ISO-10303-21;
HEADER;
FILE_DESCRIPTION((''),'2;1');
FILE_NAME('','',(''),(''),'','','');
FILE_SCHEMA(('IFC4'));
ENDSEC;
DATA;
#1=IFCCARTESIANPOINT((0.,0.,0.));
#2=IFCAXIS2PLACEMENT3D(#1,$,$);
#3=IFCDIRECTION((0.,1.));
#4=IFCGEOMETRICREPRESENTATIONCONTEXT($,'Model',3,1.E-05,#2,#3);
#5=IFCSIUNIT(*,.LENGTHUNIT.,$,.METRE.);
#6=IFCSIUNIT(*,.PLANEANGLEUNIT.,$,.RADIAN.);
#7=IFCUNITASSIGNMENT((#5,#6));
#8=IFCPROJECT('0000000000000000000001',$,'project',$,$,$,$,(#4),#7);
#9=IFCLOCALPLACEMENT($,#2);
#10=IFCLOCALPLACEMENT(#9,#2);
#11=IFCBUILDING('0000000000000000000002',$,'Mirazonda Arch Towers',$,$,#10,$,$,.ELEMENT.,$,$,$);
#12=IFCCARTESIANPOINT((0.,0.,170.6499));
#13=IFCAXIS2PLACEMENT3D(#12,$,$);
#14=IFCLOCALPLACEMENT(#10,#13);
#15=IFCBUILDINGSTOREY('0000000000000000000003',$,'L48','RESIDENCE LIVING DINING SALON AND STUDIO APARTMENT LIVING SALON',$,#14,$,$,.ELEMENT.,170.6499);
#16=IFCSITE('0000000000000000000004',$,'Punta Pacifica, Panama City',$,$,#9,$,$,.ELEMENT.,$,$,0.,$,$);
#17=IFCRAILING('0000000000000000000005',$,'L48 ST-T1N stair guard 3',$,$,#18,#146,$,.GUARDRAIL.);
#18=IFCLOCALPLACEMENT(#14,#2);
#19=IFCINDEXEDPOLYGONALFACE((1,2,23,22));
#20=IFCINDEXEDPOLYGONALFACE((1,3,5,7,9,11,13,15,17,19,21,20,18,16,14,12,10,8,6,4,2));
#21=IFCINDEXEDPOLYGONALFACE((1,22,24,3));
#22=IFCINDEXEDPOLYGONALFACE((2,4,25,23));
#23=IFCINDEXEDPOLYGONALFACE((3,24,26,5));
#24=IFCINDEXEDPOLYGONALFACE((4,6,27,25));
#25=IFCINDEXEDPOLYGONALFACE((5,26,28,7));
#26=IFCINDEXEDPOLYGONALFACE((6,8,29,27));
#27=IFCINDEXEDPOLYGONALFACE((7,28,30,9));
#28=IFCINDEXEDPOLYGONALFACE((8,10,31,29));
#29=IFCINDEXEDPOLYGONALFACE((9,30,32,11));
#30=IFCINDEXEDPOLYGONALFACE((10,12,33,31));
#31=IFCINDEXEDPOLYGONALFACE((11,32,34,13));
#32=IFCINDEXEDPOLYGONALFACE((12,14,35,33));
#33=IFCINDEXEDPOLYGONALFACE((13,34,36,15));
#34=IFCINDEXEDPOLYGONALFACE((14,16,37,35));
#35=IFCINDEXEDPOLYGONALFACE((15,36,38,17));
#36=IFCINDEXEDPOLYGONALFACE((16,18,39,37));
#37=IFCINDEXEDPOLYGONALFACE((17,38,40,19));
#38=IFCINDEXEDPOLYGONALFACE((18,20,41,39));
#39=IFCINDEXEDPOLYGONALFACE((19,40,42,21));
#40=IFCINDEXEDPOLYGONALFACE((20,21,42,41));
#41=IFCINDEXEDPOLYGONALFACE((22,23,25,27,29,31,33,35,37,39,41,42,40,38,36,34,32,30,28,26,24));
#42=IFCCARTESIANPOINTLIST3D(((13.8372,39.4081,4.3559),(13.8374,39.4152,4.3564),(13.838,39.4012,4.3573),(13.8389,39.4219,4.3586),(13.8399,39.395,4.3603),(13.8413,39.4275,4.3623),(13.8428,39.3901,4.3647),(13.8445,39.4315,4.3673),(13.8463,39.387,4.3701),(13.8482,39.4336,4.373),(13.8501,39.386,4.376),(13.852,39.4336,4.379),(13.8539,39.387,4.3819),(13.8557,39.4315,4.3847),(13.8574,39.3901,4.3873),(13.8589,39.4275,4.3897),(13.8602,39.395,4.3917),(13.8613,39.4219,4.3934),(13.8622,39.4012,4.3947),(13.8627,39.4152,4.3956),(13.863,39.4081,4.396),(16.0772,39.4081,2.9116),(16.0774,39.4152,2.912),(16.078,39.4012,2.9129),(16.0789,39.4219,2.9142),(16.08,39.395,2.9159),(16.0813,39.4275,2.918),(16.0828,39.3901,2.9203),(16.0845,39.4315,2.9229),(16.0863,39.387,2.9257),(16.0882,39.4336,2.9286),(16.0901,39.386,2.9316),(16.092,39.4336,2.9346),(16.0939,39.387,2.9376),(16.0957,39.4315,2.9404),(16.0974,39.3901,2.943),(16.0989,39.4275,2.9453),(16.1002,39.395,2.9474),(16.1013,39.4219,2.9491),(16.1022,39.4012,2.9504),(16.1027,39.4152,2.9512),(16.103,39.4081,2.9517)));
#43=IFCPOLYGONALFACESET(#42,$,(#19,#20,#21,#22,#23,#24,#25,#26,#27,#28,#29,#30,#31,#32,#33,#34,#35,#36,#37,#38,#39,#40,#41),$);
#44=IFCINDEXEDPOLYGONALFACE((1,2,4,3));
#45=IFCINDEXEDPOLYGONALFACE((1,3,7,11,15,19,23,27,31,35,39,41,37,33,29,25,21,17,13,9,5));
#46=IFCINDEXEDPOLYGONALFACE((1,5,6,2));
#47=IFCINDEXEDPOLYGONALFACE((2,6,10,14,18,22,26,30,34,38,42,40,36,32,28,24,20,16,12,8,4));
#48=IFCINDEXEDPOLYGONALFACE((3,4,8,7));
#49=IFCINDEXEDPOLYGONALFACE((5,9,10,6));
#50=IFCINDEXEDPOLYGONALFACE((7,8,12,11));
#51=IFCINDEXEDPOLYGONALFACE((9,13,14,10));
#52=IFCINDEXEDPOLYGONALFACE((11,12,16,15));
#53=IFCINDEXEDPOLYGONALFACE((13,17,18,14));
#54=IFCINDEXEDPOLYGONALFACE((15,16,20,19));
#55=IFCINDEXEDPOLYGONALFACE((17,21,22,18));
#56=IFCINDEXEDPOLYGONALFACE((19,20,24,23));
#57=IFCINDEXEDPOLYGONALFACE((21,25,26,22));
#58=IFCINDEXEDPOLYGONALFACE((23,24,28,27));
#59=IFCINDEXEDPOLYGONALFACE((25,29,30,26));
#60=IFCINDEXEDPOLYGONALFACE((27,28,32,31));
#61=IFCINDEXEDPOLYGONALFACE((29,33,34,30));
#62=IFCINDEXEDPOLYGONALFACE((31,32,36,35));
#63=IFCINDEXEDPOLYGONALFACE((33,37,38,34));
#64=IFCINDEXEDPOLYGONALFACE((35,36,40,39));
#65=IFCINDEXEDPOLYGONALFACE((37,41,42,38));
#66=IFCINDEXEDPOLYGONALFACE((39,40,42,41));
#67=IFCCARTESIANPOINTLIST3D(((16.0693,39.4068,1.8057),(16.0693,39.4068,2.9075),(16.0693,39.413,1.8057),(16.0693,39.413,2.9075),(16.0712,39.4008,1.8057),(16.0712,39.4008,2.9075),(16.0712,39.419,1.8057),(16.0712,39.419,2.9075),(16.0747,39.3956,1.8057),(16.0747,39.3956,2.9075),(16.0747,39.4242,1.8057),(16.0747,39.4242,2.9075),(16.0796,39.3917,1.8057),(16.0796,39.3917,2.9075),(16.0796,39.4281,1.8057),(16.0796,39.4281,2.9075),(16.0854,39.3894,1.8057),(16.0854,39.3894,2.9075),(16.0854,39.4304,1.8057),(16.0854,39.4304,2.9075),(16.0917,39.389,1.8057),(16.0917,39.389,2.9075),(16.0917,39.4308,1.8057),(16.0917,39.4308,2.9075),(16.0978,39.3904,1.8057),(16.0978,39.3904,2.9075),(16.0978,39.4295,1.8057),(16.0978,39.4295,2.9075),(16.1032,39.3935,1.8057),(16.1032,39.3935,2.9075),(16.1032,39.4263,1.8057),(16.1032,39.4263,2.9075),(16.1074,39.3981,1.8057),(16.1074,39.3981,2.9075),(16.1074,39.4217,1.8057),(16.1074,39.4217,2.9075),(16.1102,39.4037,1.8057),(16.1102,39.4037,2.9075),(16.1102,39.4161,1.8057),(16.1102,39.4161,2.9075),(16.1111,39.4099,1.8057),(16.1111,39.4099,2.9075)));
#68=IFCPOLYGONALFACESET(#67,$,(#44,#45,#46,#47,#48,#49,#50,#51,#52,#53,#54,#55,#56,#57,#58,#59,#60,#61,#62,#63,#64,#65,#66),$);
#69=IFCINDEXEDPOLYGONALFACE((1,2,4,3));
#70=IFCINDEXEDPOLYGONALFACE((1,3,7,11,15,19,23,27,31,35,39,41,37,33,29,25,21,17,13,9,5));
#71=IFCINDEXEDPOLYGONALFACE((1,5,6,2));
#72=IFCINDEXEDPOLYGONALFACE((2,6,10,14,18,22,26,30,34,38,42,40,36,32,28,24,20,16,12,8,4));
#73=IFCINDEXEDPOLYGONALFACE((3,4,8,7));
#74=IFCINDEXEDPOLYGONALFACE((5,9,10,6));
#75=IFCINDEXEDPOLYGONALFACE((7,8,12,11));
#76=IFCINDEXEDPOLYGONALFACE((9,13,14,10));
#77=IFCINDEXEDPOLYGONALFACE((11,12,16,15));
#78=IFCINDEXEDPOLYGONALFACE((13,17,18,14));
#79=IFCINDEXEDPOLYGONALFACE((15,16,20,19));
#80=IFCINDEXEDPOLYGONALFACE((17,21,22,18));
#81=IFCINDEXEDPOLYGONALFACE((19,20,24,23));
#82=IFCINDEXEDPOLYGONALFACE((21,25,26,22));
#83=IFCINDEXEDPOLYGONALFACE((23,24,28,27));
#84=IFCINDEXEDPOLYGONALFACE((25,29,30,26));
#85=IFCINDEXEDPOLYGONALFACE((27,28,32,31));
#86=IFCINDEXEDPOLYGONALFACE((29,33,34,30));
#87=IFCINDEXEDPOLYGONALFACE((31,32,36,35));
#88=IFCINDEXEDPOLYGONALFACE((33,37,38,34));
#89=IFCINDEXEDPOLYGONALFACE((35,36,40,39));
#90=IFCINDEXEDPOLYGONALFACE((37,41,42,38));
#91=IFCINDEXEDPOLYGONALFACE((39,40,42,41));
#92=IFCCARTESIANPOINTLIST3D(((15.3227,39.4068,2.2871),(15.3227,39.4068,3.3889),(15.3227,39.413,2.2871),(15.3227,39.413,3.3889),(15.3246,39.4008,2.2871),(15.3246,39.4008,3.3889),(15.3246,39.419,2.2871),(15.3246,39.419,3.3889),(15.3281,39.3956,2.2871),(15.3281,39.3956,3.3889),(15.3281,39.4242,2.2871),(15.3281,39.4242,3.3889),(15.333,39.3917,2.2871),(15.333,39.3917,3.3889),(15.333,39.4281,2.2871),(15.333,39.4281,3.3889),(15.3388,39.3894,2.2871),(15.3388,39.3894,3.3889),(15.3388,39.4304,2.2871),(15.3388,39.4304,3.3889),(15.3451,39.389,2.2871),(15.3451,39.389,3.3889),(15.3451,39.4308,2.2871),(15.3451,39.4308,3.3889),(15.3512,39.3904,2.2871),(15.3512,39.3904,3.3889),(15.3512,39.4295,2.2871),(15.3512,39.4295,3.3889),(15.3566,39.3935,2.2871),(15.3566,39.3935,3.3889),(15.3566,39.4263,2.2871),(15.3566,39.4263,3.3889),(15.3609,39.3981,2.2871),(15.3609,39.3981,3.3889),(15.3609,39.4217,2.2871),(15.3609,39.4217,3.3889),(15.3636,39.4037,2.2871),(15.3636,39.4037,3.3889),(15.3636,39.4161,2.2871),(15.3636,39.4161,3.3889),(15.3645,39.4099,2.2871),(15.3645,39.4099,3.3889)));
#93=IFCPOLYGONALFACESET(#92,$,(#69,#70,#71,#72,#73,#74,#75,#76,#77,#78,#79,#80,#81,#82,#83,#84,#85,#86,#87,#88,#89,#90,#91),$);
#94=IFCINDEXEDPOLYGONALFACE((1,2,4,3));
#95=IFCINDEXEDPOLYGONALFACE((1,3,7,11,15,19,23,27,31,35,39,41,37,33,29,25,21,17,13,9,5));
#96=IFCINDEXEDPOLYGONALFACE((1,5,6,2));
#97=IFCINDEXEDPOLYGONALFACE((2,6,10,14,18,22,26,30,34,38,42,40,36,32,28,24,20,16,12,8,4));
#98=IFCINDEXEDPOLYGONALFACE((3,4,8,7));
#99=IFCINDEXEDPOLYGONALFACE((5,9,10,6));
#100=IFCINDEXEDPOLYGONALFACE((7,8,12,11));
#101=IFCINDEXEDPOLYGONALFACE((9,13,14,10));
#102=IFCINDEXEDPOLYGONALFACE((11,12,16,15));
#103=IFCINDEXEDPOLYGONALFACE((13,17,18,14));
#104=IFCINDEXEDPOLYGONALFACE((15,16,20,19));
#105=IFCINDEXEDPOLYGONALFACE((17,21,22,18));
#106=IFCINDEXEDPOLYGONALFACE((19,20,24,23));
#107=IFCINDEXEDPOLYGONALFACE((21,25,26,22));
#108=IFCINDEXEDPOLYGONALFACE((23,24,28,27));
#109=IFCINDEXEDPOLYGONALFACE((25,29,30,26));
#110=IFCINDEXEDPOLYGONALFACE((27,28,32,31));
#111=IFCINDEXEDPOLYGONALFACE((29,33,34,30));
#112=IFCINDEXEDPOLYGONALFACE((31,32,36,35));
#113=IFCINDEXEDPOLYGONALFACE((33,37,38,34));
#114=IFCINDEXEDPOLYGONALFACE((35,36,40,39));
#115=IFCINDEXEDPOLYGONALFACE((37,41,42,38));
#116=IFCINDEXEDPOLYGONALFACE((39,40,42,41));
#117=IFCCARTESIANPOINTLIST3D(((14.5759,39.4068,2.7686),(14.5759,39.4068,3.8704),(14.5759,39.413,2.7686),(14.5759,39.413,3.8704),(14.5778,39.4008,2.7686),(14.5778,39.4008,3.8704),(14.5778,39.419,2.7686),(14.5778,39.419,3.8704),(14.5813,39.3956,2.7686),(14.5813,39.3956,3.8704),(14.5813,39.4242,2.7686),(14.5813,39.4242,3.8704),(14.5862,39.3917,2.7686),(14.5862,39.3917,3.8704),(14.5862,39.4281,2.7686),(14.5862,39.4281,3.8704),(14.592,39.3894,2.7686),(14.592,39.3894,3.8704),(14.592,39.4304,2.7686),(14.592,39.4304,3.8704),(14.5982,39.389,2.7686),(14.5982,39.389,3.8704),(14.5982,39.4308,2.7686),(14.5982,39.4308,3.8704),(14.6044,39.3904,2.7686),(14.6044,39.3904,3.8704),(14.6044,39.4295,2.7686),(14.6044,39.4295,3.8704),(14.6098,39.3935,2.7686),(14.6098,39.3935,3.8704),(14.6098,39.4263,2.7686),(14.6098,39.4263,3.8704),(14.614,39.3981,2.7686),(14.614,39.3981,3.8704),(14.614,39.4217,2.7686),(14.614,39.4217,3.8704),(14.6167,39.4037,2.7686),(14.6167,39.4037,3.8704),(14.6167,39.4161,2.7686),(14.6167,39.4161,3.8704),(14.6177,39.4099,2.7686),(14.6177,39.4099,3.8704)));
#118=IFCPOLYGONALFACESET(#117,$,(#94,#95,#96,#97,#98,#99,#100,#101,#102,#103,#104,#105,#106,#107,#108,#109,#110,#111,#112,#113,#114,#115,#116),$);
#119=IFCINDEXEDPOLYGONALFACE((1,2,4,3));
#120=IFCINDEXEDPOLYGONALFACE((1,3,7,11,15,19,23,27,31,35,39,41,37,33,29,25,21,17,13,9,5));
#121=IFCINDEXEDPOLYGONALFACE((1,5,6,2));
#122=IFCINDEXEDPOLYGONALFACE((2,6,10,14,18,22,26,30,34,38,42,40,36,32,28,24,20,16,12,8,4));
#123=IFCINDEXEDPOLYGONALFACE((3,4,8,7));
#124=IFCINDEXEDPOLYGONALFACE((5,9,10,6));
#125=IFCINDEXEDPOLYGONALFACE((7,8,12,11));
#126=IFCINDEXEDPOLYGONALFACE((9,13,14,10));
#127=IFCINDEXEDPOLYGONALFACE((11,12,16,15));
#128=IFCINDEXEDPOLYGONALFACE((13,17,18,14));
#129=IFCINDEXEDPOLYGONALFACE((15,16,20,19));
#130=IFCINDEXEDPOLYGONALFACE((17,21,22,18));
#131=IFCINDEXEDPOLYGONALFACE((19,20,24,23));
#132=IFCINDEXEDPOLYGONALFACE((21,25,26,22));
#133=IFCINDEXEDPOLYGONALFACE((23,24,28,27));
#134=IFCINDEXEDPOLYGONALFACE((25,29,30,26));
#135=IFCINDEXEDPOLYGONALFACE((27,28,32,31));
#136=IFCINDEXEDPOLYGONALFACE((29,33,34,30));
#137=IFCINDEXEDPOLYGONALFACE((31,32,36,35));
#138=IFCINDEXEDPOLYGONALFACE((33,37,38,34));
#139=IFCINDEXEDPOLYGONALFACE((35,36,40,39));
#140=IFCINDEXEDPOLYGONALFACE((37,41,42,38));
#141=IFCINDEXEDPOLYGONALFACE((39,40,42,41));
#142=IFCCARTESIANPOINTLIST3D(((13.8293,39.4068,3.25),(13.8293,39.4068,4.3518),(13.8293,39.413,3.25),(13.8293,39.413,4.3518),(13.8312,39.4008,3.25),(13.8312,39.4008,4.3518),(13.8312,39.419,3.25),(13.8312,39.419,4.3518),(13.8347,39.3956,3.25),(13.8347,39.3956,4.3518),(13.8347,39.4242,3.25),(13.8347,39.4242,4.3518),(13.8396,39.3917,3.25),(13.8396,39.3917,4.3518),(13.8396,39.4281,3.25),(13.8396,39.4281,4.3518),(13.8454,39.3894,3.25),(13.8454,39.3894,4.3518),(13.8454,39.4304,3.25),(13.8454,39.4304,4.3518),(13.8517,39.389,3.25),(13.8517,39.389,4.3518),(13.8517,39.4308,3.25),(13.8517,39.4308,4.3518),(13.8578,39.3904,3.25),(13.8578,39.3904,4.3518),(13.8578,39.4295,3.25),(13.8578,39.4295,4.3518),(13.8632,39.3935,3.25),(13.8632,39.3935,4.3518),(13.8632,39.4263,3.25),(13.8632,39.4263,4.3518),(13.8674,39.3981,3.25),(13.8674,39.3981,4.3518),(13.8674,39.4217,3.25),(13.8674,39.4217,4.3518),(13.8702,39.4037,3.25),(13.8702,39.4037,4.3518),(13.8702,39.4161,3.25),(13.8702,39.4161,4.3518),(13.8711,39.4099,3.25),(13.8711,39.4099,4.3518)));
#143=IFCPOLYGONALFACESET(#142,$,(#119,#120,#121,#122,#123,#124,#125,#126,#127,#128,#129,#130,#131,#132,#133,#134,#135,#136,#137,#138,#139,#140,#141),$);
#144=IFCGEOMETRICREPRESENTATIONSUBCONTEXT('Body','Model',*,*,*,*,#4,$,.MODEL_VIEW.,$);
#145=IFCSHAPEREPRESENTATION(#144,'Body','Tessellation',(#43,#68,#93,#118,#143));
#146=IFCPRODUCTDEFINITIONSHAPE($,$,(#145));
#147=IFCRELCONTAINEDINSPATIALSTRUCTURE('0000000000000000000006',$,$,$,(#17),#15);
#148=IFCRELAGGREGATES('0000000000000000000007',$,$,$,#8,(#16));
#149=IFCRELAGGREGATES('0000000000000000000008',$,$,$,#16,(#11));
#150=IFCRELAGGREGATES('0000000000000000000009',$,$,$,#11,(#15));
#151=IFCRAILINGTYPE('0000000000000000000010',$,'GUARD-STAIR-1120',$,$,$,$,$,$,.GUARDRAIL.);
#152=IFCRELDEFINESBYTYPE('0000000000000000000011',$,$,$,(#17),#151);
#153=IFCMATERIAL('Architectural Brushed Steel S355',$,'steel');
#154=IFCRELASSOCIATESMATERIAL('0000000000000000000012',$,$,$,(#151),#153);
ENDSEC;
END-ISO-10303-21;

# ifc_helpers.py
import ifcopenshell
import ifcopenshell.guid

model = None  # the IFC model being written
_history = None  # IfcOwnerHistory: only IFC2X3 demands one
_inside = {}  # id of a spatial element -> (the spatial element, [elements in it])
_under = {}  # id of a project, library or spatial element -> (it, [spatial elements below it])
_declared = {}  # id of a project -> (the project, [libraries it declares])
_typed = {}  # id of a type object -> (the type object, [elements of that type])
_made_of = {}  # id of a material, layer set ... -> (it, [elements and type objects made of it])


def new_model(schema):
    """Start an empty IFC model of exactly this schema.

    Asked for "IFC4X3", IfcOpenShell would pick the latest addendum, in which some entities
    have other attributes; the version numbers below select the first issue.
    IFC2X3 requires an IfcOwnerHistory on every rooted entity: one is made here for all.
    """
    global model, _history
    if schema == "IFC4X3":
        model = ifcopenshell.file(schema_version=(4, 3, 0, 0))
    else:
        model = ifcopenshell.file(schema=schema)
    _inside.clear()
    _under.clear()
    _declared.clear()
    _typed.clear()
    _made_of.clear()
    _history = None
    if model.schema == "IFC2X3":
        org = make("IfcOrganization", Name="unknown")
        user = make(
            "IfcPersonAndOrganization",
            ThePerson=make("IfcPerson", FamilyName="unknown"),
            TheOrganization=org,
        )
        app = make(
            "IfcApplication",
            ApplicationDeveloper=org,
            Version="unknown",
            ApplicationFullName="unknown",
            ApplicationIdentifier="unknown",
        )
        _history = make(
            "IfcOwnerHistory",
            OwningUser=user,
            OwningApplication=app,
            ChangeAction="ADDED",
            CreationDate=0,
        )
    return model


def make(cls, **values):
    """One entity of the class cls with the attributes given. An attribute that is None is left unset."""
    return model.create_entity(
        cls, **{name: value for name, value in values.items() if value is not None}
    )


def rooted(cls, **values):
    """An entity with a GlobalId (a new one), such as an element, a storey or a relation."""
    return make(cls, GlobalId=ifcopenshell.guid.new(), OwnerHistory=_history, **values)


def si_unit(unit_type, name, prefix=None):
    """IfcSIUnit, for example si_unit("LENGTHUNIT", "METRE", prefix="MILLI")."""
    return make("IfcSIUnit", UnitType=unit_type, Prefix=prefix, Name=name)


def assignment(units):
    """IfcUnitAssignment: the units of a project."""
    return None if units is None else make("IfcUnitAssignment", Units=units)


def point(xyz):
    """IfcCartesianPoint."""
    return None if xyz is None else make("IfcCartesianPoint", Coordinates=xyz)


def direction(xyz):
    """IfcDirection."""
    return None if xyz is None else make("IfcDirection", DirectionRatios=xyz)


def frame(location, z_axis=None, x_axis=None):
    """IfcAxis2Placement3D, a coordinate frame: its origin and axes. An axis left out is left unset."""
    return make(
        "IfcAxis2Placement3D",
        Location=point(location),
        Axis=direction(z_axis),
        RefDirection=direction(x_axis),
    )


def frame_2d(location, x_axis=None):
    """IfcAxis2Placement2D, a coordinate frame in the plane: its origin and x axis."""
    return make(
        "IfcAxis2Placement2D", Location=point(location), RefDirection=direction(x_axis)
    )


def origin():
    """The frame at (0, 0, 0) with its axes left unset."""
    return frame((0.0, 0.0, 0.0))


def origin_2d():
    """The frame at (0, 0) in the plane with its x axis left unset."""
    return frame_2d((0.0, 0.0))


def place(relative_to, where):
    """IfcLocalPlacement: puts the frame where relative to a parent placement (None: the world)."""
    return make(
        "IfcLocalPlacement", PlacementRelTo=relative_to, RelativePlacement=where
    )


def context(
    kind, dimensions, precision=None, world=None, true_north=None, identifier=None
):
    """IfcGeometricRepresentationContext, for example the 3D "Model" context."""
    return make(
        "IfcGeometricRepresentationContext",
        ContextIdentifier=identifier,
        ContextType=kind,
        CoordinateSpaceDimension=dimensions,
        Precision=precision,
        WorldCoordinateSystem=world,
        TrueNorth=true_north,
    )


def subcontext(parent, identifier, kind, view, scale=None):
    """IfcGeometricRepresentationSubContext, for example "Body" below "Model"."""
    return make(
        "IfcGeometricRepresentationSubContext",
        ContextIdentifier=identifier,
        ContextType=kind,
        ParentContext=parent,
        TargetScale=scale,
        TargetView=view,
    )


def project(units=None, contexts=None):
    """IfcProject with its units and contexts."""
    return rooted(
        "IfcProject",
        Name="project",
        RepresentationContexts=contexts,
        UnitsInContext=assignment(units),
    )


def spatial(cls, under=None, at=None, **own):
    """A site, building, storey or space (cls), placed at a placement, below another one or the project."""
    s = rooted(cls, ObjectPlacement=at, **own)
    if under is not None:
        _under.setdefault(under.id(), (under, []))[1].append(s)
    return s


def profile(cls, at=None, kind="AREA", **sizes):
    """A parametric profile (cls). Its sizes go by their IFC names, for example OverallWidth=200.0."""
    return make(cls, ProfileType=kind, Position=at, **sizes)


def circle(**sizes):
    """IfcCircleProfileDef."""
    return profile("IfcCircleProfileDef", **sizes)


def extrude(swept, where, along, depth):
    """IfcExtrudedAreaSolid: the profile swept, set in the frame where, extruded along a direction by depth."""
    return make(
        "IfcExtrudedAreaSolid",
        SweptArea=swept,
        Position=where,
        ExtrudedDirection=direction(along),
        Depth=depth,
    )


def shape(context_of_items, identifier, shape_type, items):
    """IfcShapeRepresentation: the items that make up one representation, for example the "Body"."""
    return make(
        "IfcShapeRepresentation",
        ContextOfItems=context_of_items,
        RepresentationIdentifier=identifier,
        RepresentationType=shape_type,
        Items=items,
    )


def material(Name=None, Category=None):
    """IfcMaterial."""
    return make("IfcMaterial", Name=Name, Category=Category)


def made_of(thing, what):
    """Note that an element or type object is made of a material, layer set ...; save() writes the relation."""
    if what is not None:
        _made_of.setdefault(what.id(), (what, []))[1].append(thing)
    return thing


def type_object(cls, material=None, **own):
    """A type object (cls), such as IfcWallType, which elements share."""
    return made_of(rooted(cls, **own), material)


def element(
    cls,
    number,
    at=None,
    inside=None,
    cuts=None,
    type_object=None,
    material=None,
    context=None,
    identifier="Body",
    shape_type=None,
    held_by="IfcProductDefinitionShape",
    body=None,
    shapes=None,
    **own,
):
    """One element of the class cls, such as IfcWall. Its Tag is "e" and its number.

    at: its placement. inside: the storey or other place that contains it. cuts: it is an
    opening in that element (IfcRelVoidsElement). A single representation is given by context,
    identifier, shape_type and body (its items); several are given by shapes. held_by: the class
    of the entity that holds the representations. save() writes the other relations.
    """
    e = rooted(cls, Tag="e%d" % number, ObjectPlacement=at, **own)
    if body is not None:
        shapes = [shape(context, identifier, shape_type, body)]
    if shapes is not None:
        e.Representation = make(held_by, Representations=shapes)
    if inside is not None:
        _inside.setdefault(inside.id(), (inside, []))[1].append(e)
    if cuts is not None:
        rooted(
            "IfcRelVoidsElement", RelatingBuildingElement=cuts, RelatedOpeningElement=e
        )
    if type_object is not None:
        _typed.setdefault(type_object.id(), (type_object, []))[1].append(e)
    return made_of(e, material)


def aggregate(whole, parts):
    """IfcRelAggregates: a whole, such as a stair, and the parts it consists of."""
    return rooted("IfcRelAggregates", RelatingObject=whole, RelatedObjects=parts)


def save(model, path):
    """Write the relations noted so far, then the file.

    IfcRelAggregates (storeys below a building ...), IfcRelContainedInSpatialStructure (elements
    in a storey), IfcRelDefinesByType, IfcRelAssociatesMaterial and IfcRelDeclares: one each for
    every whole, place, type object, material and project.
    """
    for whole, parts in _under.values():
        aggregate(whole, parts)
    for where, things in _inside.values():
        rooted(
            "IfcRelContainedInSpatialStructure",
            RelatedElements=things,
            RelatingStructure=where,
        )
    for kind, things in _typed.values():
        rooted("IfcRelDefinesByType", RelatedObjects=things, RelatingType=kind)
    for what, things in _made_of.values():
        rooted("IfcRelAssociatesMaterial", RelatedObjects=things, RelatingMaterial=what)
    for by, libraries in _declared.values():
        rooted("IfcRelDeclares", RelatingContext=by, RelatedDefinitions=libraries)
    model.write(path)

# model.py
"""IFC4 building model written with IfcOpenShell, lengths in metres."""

from ifc_helpers import new_model, si_unit, direction, frame, origin, origin_2d, place, context, subcontext, project, spatial, circle, extrude, material, type_object, element, save


model = new_model("IFC4")

# Units and contexts
model_context = context("Model", 3, precision=1e-05, world=origin(), true_north=direction((0.0, 1.0)))
body_context = subcontext(model_context, "Body", "Model", "MODEL_VIEW")
ifc_project = project(units=[si_unit("LENGTHUNIT", "METRE"), si_unit("PLANEANGLEUNIT", "RADIAN")], contexts=[model_context])

# Site, building, storey
site_placement = place(None, origin())
site = spatial("IfcSite", under=ifc_project, at=site_placement, Name="Punta Pacifica, Panama City", CompositionType="ELEMENT", RefElevation=0.0)
building_placement = place(site_placement, origin())
building = spatial("IfcBuilding", under=site, at=building_placement, Name="Mirazonda Arch Towers", CompositionType="ELEMENT")
storey_placement = place(building_placement, frame((0.0, 0.0, 170.6499)))
storey = spatial("IfcBuildingStorey", under=building, at=storey_placement, Name="L48", Description="RESIDENCE LIVING DINING SALON AND STUDIO APARTMENT LIVING SALON", CompositionType="ELEMENT", Elevation=170.6499)

# Shared definitions
ifc_material_1 = material(Name="Architectural Brushed Steel S355", Category="steel")

# Railing
railing_type_1 = type_object("IfcRailingType", Name="GUARD-STAIR-1120", PredefinedType="GUARDRAIL", material=ifc_material_1)
railing_1_placement = place(storey_placement, frame((16.0901, 39.4099, 1.8057)))
element("IfcRailing", 1, at=railing_1_placement, inside=storey, type_object=railing_type_1, Name="L48 ST-T1N stair guard 3", PredefinedType="GUARDRAIL", context=body_context, shape_type="SweptSolid", body=[
    extrude(circle(Radius=0.0239, at=origin_2d()), frame((0.0, 0.0, 1.126), z_axis=(-0.840437, 0.0, 0.54191), x_axis=(0.0, -1.0, 0.0)), (0.0, 0.0, 1.0), 2.6653),
    extrude(circle(Radius=0.021, at=origin_2d()), origin(), (0.0, 0.0, 1.0), 1.1018),
    extrude(circle(Radius=0.021, at=origin_2d()), frame((-0.7466, 0.0, 0.4814)), (0.0, 0.0, 1.0), 1.1018),
    extrude(circle(Radius=0.021, at=origin_2d()), frame((-1.4934, 0.0, 0.9629)), (0.0, 0.0, 1.0), 1.1018),
    extrude(circle(Radius=0.021, at=origin_2d()), frame((-2.24, 0.0, 1.4443)), (0.0, 0.0, 1.0), 1.1018),
])

save(model, "model.ifc")
